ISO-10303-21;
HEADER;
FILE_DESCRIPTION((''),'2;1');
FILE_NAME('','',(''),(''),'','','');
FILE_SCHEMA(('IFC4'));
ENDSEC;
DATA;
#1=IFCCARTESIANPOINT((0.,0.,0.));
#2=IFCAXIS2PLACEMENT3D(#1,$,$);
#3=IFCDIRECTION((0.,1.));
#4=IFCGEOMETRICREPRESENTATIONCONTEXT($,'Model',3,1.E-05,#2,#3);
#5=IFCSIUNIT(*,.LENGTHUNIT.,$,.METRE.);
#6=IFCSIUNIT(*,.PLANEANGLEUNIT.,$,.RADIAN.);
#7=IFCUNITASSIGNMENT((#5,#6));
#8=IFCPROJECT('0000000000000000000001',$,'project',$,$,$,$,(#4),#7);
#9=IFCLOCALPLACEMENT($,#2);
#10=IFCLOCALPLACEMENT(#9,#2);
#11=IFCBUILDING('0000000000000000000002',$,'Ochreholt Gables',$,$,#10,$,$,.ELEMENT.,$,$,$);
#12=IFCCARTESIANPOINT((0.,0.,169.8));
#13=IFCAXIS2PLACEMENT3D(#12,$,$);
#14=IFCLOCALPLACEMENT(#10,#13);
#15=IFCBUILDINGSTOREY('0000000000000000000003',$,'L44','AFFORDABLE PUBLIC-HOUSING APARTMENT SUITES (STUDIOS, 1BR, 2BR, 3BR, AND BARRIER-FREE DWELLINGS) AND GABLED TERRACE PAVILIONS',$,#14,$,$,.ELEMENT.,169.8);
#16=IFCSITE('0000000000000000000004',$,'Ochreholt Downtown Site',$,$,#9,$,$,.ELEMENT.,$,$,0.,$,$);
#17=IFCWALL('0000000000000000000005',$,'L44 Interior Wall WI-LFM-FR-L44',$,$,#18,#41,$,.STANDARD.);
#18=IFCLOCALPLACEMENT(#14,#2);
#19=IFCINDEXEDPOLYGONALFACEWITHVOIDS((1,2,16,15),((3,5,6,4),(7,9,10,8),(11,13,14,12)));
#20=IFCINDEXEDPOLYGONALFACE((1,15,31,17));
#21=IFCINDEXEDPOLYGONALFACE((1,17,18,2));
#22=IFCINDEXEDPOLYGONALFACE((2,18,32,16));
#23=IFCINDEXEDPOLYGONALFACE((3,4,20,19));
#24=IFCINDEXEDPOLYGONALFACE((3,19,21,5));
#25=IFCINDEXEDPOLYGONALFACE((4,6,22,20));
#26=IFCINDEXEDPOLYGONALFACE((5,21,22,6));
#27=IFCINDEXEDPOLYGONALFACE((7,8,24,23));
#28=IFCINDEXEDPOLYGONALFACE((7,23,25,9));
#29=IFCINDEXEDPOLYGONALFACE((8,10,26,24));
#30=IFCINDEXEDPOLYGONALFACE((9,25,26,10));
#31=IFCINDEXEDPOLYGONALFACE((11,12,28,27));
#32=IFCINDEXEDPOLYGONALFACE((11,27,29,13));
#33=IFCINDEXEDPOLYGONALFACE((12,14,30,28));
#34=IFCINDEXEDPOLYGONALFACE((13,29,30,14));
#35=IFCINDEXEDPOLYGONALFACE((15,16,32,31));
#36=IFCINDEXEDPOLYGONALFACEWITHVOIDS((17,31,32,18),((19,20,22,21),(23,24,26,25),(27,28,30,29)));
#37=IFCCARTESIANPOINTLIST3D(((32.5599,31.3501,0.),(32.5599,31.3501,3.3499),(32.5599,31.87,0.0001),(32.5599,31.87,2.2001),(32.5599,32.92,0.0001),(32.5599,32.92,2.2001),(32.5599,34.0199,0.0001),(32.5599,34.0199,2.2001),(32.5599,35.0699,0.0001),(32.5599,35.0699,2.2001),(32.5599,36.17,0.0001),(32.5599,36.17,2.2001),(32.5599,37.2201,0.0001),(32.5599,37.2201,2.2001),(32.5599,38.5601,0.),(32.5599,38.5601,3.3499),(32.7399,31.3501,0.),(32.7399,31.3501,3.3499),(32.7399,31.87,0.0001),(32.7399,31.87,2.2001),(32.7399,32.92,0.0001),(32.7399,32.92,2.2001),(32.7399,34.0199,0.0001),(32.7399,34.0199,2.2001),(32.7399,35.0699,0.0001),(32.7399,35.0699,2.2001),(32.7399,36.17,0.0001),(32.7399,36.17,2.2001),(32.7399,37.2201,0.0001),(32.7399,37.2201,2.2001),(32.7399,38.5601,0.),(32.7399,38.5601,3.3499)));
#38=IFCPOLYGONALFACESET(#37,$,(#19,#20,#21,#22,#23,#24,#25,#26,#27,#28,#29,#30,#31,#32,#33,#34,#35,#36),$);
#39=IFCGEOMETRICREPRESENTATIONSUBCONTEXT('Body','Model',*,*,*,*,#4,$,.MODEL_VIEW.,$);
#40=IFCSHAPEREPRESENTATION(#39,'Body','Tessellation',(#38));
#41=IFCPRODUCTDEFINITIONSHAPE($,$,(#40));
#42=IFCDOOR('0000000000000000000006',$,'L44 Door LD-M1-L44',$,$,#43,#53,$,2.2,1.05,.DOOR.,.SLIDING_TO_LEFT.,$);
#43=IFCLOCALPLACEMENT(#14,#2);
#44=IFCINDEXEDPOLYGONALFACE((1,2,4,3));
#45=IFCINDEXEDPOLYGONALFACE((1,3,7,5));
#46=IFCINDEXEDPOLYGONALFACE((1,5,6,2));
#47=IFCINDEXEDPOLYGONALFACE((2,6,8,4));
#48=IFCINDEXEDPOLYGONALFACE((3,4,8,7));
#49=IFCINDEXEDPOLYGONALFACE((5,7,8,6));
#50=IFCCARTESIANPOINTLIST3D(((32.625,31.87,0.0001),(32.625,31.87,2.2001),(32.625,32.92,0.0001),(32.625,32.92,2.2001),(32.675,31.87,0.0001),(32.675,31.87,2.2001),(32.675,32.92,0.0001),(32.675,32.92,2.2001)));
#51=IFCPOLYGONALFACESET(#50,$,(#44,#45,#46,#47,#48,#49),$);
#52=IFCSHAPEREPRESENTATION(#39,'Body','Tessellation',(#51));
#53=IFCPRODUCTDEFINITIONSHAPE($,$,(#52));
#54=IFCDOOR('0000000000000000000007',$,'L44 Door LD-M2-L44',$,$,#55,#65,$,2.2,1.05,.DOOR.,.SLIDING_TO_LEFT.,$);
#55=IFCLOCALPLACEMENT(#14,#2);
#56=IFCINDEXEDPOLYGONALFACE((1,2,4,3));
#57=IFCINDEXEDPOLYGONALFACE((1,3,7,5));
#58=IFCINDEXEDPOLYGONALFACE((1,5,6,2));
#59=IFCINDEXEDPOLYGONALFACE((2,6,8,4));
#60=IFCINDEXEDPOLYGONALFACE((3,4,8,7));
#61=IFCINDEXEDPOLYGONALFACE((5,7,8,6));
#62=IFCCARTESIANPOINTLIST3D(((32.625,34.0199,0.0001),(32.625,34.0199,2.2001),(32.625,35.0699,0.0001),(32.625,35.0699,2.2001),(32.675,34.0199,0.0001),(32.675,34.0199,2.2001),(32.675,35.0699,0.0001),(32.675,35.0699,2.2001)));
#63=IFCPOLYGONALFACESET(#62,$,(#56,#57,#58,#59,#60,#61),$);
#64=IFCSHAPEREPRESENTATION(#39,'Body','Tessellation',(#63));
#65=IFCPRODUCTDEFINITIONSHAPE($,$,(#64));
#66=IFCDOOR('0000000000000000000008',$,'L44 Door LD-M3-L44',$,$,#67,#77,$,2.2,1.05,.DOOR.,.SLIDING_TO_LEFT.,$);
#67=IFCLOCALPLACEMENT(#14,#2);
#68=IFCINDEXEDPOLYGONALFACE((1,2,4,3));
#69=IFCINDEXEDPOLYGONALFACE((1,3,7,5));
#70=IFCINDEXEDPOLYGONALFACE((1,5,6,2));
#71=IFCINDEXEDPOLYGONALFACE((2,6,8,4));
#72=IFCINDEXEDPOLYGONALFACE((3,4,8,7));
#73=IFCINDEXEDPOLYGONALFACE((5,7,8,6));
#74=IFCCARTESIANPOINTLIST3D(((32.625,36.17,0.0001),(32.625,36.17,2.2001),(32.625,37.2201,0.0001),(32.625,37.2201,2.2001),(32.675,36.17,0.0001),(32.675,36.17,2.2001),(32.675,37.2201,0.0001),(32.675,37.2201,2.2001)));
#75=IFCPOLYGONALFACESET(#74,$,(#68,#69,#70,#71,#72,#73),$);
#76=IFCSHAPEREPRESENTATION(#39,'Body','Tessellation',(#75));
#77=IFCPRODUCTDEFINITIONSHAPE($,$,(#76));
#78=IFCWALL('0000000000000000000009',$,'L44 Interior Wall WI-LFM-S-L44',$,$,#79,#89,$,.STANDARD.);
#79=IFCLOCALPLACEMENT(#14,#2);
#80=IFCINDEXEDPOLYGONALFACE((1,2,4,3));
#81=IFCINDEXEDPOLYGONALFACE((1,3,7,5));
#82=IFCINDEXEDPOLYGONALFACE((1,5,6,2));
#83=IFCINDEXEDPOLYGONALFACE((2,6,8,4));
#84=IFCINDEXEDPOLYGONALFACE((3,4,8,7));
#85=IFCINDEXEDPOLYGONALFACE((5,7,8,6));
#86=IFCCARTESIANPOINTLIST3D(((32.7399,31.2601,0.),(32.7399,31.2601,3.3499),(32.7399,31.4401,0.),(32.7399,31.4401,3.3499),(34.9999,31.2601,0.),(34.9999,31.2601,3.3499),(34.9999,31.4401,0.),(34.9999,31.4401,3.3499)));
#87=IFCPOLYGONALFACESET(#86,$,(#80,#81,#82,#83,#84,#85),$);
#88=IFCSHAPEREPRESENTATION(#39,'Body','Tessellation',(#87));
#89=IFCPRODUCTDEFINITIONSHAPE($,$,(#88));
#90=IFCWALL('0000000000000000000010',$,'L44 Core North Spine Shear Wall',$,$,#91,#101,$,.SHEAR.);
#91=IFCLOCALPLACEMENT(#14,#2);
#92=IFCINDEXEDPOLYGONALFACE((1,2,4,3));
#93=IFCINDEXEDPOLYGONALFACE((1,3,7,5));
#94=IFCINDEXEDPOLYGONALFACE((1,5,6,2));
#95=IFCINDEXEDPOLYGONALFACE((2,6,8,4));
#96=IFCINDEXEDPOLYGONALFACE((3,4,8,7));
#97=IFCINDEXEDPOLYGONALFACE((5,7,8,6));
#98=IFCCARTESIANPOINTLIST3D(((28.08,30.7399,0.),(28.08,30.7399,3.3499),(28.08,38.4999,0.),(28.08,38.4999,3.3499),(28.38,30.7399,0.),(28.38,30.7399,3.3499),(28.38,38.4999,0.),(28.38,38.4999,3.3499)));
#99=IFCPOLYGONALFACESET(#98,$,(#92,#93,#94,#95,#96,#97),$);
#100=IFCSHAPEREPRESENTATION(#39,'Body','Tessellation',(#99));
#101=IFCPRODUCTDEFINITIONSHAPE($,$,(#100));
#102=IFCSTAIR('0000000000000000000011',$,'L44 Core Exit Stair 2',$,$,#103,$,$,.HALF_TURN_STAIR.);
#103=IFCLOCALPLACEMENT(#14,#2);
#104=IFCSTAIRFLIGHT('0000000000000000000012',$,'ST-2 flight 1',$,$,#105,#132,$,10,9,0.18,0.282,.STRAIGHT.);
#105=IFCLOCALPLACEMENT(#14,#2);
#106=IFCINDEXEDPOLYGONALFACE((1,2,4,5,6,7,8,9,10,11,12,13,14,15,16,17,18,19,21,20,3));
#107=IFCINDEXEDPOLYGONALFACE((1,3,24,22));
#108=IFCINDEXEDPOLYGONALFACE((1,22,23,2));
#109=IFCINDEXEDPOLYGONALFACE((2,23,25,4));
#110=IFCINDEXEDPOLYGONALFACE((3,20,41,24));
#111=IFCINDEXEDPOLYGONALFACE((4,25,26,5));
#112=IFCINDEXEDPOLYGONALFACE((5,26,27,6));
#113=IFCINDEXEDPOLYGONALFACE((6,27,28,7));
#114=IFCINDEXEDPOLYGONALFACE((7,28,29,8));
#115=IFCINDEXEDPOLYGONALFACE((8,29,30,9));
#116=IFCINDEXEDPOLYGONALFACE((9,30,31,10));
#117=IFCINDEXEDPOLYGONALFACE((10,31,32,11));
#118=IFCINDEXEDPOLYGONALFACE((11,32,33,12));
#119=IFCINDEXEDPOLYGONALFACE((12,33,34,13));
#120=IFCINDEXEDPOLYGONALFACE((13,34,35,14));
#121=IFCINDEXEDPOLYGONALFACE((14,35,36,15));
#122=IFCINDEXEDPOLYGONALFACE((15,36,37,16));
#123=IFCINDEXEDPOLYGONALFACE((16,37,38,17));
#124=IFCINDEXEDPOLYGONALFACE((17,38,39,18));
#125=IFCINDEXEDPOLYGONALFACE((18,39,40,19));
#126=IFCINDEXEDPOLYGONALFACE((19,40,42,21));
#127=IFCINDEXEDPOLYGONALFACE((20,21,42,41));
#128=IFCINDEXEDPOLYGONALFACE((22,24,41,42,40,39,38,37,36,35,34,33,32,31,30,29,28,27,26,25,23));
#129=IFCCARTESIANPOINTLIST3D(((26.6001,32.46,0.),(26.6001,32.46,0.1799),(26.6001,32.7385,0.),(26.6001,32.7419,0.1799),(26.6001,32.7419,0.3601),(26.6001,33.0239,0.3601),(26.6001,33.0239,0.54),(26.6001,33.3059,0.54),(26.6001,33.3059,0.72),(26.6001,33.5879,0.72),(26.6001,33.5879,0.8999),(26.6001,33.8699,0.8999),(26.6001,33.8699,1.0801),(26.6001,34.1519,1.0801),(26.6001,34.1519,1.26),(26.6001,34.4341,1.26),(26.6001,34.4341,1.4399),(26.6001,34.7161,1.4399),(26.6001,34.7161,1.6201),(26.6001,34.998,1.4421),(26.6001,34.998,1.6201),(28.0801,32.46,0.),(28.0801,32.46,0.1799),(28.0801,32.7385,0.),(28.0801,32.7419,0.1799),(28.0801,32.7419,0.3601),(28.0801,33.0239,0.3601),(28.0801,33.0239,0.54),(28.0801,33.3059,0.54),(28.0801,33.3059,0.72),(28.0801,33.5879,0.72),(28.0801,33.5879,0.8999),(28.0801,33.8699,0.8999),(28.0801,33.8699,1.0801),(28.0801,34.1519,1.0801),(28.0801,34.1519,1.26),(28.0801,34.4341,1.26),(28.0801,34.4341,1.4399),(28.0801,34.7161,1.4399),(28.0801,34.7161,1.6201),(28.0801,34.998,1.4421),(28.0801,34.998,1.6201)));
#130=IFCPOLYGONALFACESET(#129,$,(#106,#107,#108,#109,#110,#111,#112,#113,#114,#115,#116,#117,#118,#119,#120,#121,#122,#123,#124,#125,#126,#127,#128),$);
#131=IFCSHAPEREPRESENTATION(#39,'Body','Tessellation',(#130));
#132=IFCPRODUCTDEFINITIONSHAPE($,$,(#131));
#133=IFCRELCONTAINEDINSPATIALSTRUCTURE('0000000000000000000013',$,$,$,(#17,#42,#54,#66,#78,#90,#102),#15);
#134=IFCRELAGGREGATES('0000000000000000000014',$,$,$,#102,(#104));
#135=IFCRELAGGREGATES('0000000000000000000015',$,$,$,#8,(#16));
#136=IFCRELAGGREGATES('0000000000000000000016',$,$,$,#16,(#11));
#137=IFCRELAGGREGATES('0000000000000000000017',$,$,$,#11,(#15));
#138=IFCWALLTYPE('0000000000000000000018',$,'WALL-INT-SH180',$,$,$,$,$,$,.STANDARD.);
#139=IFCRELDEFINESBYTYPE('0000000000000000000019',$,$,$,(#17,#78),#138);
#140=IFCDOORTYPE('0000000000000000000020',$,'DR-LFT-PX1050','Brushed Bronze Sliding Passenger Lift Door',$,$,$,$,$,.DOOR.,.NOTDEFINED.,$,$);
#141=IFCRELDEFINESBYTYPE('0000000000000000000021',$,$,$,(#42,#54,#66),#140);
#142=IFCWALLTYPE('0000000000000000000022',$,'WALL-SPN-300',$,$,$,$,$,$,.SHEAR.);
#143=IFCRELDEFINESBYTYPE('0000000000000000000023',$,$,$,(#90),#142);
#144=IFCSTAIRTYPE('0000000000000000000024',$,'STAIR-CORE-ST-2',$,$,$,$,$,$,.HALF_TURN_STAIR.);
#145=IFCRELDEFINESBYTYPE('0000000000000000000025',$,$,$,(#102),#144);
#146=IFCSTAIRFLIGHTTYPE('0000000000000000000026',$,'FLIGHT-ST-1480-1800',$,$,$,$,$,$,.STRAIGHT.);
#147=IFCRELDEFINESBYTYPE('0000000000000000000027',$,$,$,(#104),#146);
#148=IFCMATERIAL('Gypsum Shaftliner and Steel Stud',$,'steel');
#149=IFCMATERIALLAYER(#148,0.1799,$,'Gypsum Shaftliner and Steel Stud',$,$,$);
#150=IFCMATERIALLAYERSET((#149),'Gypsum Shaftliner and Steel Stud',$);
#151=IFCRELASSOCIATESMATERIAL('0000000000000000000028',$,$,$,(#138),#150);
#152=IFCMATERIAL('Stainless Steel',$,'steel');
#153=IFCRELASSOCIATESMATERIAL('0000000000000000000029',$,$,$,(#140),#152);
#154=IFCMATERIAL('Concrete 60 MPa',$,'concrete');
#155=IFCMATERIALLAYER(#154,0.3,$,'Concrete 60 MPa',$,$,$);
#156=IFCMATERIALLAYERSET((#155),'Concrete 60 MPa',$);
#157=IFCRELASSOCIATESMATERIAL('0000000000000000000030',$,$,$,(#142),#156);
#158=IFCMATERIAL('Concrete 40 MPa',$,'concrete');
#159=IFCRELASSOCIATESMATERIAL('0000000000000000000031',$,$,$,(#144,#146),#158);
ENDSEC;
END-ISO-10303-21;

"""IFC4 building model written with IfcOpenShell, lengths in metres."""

from ifc_helpers import new_model, si_unit, direction, frame, frame_2d, origin, place, context, subcontext, project, spatial, polyline, rectangle, outline, extrude, material, layer, layer_set, type_object, element, fill, aggregate, save


model = new_model("IFC4")

# Units and contexts
model_context = context("Model", 3, precision=1e-05, world=origin(), true_north=direction((0.0, 1.0)))
body_context = subcontext(model_context, "Body", "Model", "MODEL_VIEW")
ifc_project = project(units=[si_unit("LENGTHUNIT", "METRE"), si_unit("PLANEANGLEUNIT", "RADIAN")], contexts=[model_context])

# Site, building, storey
site_placement = place(None, origin())
site = spatial("IfcSite", under=ifc_project, at=site_placement, Name="Ochreholt Downtown Site", CompositionType="ELEMENT", RefElevation=0.0)
building_placement = place(site_placement, origin())
building = spatial("IfcBuilding", under=site, at=building_placement, Name="Ochreholt Gables", CompositionType="ELEMENT")
storey_placement = place(building_placement, frame((0.0, 0.0, 169.8)))
storey = spatial("IfcBuildingStorey", under=building, at=storey_placement, Name="L44", Description="AFFORDABLE PUBLIC-HOUSING APARTMENT SUITES (STUDIOS, 1BR, 2BR, 3BR, AND BARRIER-FREE DWELLINGS) AND GABLED TERRACE PAVILIONS", CompositionType="ELEMENT", Elevation=169.8)

# Shared definitions
ifc_material_1 = material(Name="Concrete 40 MPa", Category="concrete")

# Shared definitions
ifc_material_2 = material(Name="Gypsum Shaftliner and Steel Stud", Category="steel")
ifc_layer_1 = layer(ifc_material_2, 0.1799, Name="Gypsum Shaftliner and Steel Stud")
ifc_layer_set_1 = layer_set([ifc_layer_1], Name="Gypsum Shaftliner and Steel Stud")
wall_type_1 = type_object("IfcWallType", Name="WALL-INT-SH180", PredefinedType="STANDARD", material=ifc_layer_set_1)

# Wall, openings, doors
wall_1_placement = place(storey_placement, frame((32.6499, 31.3501, 0.0), z_axis=(0.0, 0.0, 1.0), x_axis=(0.0, 1.0, 0.0)))
wall_1 = element("IfcWall", 1, at=wall_1_placement, inside=storey, type_object=wall_type_1, Name="L44 Interior Wall WI-LFM-FR-L44", PredefinedType="STANDARD", context=body_context, shape_type="SweptSolid", body=[
    extrude(rectangle(XDim=7.21, YDim=0.1799, at=frame_2d((3.605, 0.0))), origin(), (0.0, 0.0, 1.0), 3.3499),
])
opening_1_placement = place(wall_1_placement, frame((0.52, 0.0, 0.0)))
opening_1 = element("IfcOpeningElement", 2, at=opening_1_placement, cuts=wall_1, PredefinedType="OPENING", context=body_context, shape_type="SweptSolid", body=[
    extrude(rectangle(XDim=1.05, YDim=2.2, at=frame_2d((0.5249, 1.1001))), frame((0.0, 0.0999, 0.0), z_axis=(0.0, -1.0, 0.0), x_axis=(1.0, 0.0, 0.0)), (0.0, 0.0, 1.0), 0.2),
])
opening_2_placement = place(wall_1_placement, frame((2.6699, 0.0, 0.0)))
opening_2 = element("IfcOpeningElement", 3, at=opening_2_placement, cuts=wall_1, PredefinedType="OPENING", context=body_context, shape_type="SweptSolid", body=[
    extrude(rectangle(XDim=1.05, YDim=2.2, at=frame_2d((0.5249, 1.1001))), frame((0.0, 0.0999, 0.0), z_axis=(0.0, -1.0, 0.0), x_axis=(1.0, 0.0, 0.0)), (0.0, 0.0, 1.0), 0.2),
])
opening_3_placement = place(wall_1_placement, frame((4.8201, 0.0, 0.0)))
opening_3 = element("IfcOpeningElement", 4, at=opening_3_placement, cuts=wall_1, PredefinedType="OPENING", context=body_context, shape_type="SweptSolid", body=[
    extrude(rectangle(XDim=1.05, YDim=2.2, at=frame_2d((0.5249, 1.1001))), frame((0.0, 0.0999, 0.0), z_axis=(0.0, -1.0, 0.0), x_axis=(1.0, 0.0, 0.0)), (0.0, 0.0, 1.0), 0.2),
])
ifc_material_3 = material(Name="Stainless Steel", Category="steel")
door_type_1 = type_object("IfcDoorType", Name="DR-LFT-PX1050", Description="Brushed Bronze Sliding Passenger Lift Door", OperationType="NOTDEFINED", PredefinedType="DOOR", material=ifc_material_3)
door_1_placement = place(opening_1_placement, origin())
door_1 = element("IfcDoor", 5, at=door_1_placement, inside=storey, type_object=door_type_1, Name="L44 Door LD-M1-L44", OperationType="SLIDING_TO_LEFT", OverallHeight=2.2, OverallWidth=1.05, PredefinedType="DOOR", context=body_context, shape_type="SweptSolid", body=[
    extrude(rectangle(XDim=1.05, YDim=2.2, at=frame_2d((0.5249, 1.1001))), frame((0.0, 0.0249, 0.0), z_axis=(0.0, -1.0, 0.0), x_axis=(1.0, 0.0, 0.0)), (0.0, 0.0, 1.0), 0.05),
])
fill(opening_1, door_1)
door_2_placement = place(opening_2_placement, origin())
door_2 = element("IfcDoor", 6, at=door_2_placement, inside=storey, type_object=door_type_1, Name="L44 Door LD-M2-L44", OperationType="SLIDING_TO_LEFT", OverallHeight=2.2, OverallWidth=1.05, PredefinedType="DOOR", context=body_context, shape_type="SweptSolid", body=[
    extrude(rectangle(XDim=1.05, YDim=2.2, at=frame_2d((0.5249, 1.1001))), frame((0.0, 0.0249, 0.0), z_axis=(0.0, -1.0, 0.0), x_axis=(1.0, 0.0, 0.0)), (0.0, 0.0, 1.0), 0.05),
])
fill(opening_2, door_2)
door_3_placement = place(opening_3_placement, origin())
door_3 = element("IfcDoor", 7, at=door_3_placement, inside=storey, type_object=door_type_1, Name="L44 Door LD-M3-L44", OperationType="SLIDING_TO_LEFT", OverallHeight=2.2, OverallWidth=1.05, PredefinedType="DOOR", context=body_context, shape_type="SweptSolid", body=[
    extrude(rectangle(XDim=1.05, YDim=2.2, at=frame_2d((0.5249, 1.1001))), frame((0.0, 0.0249, 0.0), z_axis=(0.0, -1.0, 0.0), x_axis=(1.0, 0.0, 0.0)), (0.0, 0.0, 1.0), 0.05),
])
fill(opening_3, door_3)

# Walls
wall_2_placement = place(storey_placement, frame((32.74, 31.3501, 0.0), z_axis=(0.0, 0.0, 1.0), x_axis=(1.0, 0.0, 0.0)))
element("IfcWall", 8, at=wall_2_placement, inside=storey, type_object=wall_type_1, Name="L44 Interior Wall WI-LFM-S-L44", PredefinedType="STANDARD", context=body_context, shape_type="SweptSolid", body=[
    extrude(rectangle(XDim=2.26, YDim=0.1799, at=frame_2d((1.1299, 0.0))), origin(), (0.0, 0.0, 1.0), 3.3499),
])
ifc_material_4 = material(Name="Concrete 60 MPa", Category="concrete")
ifc_layer_2 = layer(ifc_material_4, 0.3, Name="Concrete 60 MPa")
ifc_layer_set_2 = layer_set([ifc_layer_2], Name="Concrete 60 MPa")
wall_type_2 = type_object("IfcWallType", Name="WALL-SPN-300", PredefinedType="SHEAR", material=ifc_layer_set_2)
wall_3_placement = place(storey_placement, frame((28.23, 30.74, 0.0), z_axis=(0.0, 0.0, 1.0), x_axis=(0.0, 1.0, 0.0)))
element("IfcWall", 9, at=wall_3_placement, inside=storey, type_object=wall_type_2, Name="L44 Core North Spine Shear Wall", PredefinedType="SHEAR", context=body_context, shape_type="SweptSolid", body=[
    extrude(rectangle(XDim=7.76, YDim=0.3, at=frame_2d((3.8799, 0.0))), origin(), (0.0, 0.0, 1.0), 3.3499),
])

# Stair, stair flight
stair_type = type_object("IfcStairType", Name="STAIR-CORE-ST-2", PredefinedType="HALF_TURN_STAIR", material=ifc_material_1)
stair_placement = place(storey_placement, origin())
stair = element("IfcStair", 10, at=stair_placement, inside=storey, type_object=stair_type, Name="L44 Core Exit Stair 2", PredefinedType="HALF_TURN_STAIR")
stair_flight_type = type_object("IfcStairFlightType", Name="FLIGHT-ST-1480-1800", PredefinedType="STRAIGHT", material=ifc_material_1)
stair_flight_placement = place(storey_placement, frame((27.3401, 32.46, 0.0), z_axis=(0.0, 0.0, 1.0), x_axis=(0.0, 1.0, 0.0)))
stair_flight = element("IfcStairFlight", 11, at=stair_flight_placement, type_object=stair_flight_type, Name="ST-2 flight 1", NumberOfRisers=10, NumberOfTreads=9, PredefinedType="STRAIGHT", RiserHeight=0.18, TreadLength=0.282, context=body_context, shape_type="SweptSolid", body=[
    extrude(outline(polyline([(0.0, 0.0), (0.0, 0.1799), (0.282, 0.1799), (0.282, 0.3601), (0.564, 0.3601), (0.564, 0.54), (0.8459, 0.54), (0.8459, 0.72), (1.1279, 0.72), (1.1279, 0.8999), (1.4099, 0.8999), (1.4099, 1.0801), (1.6919, 1.0801), (1.6919, 1.26), (1.9741, 1.26), (1.9741, 1.4399), (2.2561, 1.4399), (2.2561, 1.6201), (2.5381, 1.6201), (2.5381, 1.8), (2.5381, 1.4421), (0.2786, 0.0), (0.0, 0.0)])), frame((0.0, 0.74, 0.0), z_axis=(0.0, -1.0, 0.0), x_axis=(1.0, 0.0, 0.0)), (0.0, 0.0, 1.0), 1.48),
])
aggregate(stair, [stair_flight])

save(model, "model.ifc")
